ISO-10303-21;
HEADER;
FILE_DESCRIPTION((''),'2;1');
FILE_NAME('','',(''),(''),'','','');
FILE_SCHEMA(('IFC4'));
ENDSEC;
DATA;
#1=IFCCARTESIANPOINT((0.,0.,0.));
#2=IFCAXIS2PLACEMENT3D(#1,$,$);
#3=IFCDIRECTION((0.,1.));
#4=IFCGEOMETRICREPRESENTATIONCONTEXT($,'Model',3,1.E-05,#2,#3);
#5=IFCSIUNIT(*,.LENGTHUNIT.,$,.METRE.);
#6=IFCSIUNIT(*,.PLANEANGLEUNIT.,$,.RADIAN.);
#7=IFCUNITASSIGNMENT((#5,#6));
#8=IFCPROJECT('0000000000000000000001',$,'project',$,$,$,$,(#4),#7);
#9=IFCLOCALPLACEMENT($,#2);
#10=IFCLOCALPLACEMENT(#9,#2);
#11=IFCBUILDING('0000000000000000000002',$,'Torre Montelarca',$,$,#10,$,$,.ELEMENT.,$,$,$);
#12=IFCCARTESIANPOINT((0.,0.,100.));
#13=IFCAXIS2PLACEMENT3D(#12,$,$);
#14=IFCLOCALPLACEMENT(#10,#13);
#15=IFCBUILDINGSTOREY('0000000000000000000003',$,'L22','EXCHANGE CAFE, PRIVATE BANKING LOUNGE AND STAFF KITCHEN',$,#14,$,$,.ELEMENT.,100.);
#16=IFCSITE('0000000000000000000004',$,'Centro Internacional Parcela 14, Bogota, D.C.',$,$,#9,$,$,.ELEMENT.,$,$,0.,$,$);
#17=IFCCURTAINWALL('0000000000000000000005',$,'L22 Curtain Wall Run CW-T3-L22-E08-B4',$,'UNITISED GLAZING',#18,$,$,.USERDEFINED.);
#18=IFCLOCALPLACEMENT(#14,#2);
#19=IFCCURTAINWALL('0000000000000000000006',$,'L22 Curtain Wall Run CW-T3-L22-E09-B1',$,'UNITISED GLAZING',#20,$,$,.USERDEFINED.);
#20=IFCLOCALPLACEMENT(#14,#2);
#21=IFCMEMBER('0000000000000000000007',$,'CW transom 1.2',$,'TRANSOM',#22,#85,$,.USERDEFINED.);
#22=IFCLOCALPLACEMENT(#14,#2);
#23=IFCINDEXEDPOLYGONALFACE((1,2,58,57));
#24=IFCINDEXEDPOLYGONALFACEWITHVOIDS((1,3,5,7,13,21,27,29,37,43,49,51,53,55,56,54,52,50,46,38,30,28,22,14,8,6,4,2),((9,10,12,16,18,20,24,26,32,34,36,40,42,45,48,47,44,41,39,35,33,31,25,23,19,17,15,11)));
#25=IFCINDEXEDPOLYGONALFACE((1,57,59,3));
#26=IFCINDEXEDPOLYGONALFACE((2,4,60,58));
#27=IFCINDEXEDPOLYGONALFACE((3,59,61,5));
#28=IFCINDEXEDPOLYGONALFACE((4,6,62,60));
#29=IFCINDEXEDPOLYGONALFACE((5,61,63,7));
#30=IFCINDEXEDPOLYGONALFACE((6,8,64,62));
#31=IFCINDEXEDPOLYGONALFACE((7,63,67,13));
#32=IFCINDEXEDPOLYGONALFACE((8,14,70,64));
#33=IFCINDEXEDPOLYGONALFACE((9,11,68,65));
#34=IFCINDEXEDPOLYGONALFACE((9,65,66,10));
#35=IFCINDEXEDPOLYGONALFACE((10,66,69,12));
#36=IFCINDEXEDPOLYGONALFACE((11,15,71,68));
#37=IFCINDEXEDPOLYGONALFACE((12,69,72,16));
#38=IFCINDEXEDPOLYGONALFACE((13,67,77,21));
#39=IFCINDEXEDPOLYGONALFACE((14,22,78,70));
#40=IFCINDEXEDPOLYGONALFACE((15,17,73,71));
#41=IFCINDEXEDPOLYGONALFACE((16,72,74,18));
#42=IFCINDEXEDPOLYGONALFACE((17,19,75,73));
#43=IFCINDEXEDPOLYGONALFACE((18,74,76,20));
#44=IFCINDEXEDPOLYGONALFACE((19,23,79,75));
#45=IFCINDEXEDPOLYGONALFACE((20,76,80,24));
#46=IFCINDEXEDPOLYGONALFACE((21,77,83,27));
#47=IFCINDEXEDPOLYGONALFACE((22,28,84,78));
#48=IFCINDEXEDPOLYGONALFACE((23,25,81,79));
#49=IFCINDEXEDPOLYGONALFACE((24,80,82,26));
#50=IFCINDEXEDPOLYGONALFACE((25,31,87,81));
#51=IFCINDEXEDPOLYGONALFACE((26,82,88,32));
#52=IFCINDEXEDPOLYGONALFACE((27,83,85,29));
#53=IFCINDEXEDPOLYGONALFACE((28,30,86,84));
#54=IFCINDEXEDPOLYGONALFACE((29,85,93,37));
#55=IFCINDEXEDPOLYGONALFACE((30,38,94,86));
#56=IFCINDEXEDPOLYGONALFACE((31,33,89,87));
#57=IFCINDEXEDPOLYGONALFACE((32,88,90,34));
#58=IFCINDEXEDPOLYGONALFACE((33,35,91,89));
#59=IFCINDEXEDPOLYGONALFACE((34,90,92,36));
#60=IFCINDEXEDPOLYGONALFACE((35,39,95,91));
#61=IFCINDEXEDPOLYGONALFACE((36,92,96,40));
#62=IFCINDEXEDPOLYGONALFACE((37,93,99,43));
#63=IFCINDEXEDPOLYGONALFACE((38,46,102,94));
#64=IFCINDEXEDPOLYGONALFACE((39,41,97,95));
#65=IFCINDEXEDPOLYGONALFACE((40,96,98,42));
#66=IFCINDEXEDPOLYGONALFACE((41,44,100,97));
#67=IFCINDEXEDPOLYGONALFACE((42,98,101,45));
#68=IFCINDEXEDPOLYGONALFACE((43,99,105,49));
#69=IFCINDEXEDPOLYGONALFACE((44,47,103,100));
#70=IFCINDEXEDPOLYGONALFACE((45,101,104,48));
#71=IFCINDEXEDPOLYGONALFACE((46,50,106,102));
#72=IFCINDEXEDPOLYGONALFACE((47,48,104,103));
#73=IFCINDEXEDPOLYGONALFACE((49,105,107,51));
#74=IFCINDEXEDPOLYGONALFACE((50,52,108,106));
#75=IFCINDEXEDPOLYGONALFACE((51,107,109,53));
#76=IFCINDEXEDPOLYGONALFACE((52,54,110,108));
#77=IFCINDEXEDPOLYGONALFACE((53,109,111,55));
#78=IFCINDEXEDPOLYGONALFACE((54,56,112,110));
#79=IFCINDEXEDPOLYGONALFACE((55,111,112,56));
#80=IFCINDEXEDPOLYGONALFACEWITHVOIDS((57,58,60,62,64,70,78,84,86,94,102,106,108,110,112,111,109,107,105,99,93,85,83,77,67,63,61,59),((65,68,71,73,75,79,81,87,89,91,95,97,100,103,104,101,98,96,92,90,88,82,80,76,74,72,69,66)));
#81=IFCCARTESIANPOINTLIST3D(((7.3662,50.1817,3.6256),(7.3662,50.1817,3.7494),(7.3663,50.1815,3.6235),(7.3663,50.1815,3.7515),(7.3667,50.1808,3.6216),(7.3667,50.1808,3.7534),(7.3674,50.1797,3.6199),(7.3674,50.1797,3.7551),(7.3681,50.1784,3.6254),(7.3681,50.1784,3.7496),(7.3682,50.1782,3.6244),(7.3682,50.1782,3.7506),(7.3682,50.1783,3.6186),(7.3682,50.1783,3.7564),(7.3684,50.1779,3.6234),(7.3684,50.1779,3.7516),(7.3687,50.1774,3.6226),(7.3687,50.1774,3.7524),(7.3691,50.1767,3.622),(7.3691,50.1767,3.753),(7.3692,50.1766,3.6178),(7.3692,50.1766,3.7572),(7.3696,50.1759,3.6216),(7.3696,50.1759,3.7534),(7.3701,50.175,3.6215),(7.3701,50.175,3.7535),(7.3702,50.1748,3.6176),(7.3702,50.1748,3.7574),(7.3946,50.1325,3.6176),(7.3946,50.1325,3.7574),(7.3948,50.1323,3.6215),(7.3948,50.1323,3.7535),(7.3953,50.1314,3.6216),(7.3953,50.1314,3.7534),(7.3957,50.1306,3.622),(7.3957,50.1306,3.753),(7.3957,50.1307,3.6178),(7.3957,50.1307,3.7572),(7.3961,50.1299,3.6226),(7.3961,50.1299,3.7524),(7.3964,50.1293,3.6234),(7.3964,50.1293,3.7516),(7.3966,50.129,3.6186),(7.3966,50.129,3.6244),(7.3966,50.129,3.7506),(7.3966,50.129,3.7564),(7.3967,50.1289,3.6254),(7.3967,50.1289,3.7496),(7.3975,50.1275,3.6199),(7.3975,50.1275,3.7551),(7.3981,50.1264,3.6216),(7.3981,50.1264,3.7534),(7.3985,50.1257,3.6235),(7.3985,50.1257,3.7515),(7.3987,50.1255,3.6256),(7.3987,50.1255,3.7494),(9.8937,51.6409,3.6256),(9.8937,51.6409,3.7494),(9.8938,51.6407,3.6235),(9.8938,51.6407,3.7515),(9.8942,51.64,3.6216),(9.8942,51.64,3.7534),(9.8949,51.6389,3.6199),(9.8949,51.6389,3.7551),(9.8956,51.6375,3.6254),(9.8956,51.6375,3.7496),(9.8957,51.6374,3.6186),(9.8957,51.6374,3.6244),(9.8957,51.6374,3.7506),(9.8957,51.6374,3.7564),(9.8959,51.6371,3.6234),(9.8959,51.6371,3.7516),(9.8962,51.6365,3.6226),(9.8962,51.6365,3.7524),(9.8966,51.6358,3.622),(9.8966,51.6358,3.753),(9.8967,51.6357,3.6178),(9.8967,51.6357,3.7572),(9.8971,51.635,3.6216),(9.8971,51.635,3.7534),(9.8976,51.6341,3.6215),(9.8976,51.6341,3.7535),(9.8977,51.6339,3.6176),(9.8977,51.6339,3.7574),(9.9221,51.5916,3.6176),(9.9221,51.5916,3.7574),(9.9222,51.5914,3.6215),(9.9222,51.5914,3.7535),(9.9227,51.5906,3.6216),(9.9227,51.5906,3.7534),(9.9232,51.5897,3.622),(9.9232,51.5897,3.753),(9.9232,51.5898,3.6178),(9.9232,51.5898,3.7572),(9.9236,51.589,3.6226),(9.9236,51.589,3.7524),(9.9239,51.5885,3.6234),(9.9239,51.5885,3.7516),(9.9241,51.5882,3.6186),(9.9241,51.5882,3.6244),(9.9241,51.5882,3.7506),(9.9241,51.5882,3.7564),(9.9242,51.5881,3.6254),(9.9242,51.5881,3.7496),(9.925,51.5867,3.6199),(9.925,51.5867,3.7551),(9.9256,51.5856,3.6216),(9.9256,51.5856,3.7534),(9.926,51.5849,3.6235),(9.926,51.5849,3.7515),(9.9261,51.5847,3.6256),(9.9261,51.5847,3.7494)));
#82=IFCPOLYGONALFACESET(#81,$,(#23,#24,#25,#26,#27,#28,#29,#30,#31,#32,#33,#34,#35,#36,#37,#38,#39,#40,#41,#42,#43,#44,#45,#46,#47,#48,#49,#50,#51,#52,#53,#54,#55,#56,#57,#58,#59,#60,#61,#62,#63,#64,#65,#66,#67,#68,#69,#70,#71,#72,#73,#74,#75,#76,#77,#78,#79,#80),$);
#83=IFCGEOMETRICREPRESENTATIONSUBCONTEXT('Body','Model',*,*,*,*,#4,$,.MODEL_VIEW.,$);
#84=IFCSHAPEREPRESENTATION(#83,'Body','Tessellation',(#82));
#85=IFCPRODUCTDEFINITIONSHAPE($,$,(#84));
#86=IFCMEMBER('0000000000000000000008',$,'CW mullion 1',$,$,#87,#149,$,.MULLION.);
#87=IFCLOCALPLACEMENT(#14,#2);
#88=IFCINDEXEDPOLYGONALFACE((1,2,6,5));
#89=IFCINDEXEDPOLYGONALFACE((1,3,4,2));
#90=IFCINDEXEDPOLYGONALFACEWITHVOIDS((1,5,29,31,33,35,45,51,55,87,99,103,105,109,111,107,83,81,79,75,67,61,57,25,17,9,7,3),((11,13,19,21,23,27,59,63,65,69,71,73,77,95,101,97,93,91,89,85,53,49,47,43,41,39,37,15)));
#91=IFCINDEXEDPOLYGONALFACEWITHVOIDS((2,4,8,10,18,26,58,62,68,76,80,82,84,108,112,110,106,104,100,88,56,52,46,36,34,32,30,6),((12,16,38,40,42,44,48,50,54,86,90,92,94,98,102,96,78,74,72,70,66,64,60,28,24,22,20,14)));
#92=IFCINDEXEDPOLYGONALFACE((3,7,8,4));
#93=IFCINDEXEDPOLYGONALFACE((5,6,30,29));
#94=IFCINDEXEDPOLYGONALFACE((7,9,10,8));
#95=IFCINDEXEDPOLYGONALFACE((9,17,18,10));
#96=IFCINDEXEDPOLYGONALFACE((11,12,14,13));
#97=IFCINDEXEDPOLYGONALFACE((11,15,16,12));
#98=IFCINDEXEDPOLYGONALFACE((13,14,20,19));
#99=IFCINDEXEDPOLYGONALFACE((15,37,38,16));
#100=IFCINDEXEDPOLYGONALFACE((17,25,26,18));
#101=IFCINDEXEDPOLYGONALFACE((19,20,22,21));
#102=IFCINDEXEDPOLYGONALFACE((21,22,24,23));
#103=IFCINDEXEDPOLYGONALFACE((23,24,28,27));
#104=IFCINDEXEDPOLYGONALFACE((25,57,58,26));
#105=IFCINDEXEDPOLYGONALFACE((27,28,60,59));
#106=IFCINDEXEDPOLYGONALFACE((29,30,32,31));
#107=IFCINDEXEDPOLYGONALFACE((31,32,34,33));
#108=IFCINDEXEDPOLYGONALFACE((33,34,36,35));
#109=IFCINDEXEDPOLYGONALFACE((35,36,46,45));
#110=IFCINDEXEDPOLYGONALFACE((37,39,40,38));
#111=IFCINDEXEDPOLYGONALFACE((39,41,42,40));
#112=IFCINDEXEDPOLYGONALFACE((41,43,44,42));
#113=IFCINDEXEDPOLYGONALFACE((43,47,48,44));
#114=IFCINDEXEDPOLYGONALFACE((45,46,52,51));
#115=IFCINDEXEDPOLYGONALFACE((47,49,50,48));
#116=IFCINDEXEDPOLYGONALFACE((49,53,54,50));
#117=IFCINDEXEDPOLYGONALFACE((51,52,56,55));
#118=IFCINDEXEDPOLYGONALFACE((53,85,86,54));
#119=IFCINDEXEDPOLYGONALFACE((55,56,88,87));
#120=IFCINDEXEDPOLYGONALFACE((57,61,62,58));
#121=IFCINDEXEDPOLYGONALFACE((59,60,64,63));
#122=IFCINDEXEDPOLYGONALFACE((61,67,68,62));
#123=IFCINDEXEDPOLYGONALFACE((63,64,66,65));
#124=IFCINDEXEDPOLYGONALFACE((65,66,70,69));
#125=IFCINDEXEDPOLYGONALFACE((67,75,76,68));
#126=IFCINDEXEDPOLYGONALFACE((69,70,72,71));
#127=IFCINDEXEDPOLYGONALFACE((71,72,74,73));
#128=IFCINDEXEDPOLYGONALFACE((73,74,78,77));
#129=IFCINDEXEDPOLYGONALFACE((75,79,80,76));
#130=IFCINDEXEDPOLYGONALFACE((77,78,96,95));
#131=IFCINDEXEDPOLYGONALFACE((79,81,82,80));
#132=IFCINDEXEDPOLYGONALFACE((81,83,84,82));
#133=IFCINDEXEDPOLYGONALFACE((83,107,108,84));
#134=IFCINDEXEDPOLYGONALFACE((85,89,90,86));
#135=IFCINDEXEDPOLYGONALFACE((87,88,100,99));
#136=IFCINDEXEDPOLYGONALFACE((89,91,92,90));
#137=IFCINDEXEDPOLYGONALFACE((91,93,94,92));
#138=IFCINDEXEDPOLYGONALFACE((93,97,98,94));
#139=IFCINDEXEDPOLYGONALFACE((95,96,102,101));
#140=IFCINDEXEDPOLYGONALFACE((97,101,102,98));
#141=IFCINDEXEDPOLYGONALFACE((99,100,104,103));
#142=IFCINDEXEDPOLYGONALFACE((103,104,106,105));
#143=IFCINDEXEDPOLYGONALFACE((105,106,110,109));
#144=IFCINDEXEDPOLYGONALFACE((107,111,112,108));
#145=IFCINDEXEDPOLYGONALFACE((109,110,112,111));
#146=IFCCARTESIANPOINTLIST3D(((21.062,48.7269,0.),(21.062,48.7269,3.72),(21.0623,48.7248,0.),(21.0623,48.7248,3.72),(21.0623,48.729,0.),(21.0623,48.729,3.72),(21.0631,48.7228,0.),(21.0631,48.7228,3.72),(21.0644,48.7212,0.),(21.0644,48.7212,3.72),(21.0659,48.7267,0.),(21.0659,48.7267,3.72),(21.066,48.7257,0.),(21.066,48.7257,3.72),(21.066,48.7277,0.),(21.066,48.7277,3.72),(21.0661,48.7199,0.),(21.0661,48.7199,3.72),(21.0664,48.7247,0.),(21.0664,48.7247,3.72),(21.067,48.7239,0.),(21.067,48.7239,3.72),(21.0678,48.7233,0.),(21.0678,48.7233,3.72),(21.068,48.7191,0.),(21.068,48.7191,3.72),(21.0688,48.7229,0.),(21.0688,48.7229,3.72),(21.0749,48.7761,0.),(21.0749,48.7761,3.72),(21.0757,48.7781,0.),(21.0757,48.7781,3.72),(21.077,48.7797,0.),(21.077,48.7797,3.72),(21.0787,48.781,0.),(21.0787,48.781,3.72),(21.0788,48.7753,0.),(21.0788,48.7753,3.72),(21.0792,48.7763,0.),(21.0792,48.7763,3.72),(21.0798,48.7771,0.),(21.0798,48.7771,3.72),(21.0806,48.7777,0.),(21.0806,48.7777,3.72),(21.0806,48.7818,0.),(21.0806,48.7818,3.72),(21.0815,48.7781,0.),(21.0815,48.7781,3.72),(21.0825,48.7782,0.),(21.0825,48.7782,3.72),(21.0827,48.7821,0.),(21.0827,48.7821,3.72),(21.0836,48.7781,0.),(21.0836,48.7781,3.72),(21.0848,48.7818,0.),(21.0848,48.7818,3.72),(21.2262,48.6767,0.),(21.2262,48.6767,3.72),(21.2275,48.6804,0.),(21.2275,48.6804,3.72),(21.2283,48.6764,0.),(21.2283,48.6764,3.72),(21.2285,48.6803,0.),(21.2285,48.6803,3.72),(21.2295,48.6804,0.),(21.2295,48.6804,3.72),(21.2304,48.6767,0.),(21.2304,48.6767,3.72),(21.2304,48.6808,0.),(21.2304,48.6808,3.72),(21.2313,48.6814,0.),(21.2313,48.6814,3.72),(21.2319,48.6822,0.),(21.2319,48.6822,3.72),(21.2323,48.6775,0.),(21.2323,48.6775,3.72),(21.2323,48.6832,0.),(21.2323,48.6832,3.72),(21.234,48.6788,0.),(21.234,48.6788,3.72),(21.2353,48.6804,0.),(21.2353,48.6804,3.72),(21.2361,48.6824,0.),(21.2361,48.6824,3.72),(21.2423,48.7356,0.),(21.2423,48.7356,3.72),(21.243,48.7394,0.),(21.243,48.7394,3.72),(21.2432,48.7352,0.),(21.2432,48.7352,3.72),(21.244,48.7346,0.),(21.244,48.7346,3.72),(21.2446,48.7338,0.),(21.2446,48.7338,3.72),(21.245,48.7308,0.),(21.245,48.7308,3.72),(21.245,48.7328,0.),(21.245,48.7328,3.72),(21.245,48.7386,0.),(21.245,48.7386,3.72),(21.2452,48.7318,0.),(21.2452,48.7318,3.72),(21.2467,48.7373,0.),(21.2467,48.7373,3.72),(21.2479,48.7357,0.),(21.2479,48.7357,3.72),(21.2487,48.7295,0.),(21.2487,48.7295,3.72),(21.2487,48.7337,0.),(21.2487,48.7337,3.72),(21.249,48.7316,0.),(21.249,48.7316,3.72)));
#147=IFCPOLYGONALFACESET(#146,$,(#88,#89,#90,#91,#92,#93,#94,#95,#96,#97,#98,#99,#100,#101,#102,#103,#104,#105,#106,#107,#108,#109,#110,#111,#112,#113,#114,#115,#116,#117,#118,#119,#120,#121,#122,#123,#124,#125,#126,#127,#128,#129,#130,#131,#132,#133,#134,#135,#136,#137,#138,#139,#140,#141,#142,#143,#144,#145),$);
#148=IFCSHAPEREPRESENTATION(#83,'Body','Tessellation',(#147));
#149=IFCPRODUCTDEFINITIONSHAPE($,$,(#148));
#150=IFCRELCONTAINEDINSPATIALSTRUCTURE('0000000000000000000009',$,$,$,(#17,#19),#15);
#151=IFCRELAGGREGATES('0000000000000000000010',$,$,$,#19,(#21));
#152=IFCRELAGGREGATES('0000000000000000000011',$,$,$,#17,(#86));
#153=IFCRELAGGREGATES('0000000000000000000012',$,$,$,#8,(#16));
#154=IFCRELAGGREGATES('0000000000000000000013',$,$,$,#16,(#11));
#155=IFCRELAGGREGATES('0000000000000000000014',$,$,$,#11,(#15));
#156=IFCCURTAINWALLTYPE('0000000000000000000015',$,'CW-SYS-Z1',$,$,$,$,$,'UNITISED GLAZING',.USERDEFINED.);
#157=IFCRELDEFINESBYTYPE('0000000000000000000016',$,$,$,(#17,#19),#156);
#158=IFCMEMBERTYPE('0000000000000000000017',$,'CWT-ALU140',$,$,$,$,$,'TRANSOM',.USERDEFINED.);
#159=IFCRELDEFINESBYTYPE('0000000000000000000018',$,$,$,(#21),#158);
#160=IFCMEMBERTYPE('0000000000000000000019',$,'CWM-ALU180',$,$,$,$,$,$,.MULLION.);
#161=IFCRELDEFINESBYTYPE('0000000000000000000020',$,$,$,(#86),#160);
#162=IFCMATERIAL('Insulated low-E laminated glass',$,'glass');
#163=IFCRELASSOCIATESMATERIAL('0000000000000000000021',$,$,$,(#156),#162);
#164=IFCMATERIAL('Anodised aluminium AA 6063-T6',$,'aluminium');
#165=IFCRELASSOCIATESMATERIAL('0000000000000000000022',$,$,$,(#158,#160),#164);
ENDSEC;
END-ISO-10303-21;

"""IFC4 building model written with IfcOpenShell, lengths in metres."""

from ifc_helpers import new_model, si_unit, direction, frame, origin, origin_2d, place, context, subcontext, project, spatial, hollow_rectangle, extrude, source, transform, mapped, material, material_profile, profile_set, type_object, element, aggregate, save


model = new_model("IFC4")

# Units and contexts
model_context = context("Model", 3, precision=1e-05, world=origin(), true_north=direction((0.0, 1.0)))
body_context = subcontext(model_context, "Body", "Model", "MODEL_VIEW")
ifc_project = project(units=[si_unit("LENGTHUNIT", "METRE"), si_unit("PLANEANGLEUNIT", "RADIAN")], contexts=[model_context])

# Site, building, storey
site_placement = place(None, origin())
site = spatial("IfcSite", under=ifc_project, at=site_placement, Name="Centro Internacional Parcela 14, Bogota, D.C.", CompositionType="ELEMENT", RefElevation=0.0)
building_placement = place(site_placement, origin())
building = spatial("IfcBuilding", under=site, at=building_placement, Name="Torre Montelarca", CompositionType="ELEMENT")
storey_placement = place(building_placement, frame((0.0, 0.0, 100.0)))
storey = spatial("IfcBuildingStorey", under=building, at=storey_placement, Name="L22", Description="EXCHANGE CAFE, PRIVATE BANKING LOUNGE AND STAFF KITCHEN", CompositionType="ELEMENT", Elevation=100.0)

# Curtain walls, member
ifc_material_1 = material(Name="Insulated low-E laminated glass", Category="glass")
curtain_wall_type = type_object("IfcCurtainWallType", Name="CW-SYS-Z1", ElementType="UNITISED GLAZING", PredefinedType="USERDEFINED", material=ifc_material_1)
curtain_wall_1_placement = place(storey_placement, origin())
curtain_wall_1 = element("IfcCurtainWall", 1, at=curtain_wall_1_placement, inside=storey, type_object=curtain_wall_type, Name="L22 Curtain Wall Run CW-T3-L22-E08-B4", ObjectType="UNITISED GLAZING", PredefinedType="USERDEFINED")
ifc_material_2 = material(Name="Anodised aluminium AA 6063-T6", Category="aluminium")
ifc_material_profile_1 = material_profile(ifc_material_2, hollow_rectangle(XDim=0.0649, YDim=0.1399, WallThickness=0.0039, InnerFilletRadius=0.0039, OuterFilletRadius=0.0081, at=origin_2d()), Name="ALU65X140X4", Category="aluminium")
ifc_profile_set_1 = profile_set([ifc_material_profile_1], Name="Anodised aluminium AA 6063-T6")
member_type_1 = type_object("IfcMemberType", Name="CWT-ALU140", ElementType="TRANSOM", PredefinedType="USERDEFINED", material=ifc_profile_set_1)
curtain_wall_2_placement = place(storey_placement, origin())
curtain_wall_2 = element("IfcCurtainWall", 2, at=curtain_wall_2_placement, inside=storey, type_object=curtain_wall_type, Name="L22 Curtain Wall Run CW-T3-L22-E09-B1", ObjectType="UNITISED GLAZING", PredefinedType="USERDEFINED")
shared_shape_1 = source(origin(), body_context, "Body", "SweptSolid", [
    extrude(hollow_rectangle(XDim=0.0649, YDim=0.1399, WallThickness=0.0039, InnerFilletRadius=0.0039, OuterFilletRadius=0.0081, at=origin_2d()), origin(), (0.0, 0.0, 1.0), 2.9185),
])
member_1_placement = place(storey_placement, frame((9.9099, 51.6128, 3.6875), z_axis=(-0.866037, -0.499981, 0.0), x_axis=(0.499981, -0.866037, 0.0)))
member_1 = element("IfcMember", 3, at=member_1_placement, type_object=member_type_1, Name="CW transom 1.2", ObjectType="TRANSOM", PredefinedType="USERDEFINED", context=body_context, shape_type="MappedRepresentation", body=[
    mapped(shared_shape_1, transform((0.0, 0.0, 0.0), scale=1.0)),
])

# Member
ifc_material_profile_2 = material_profile(ifc_material_2, hollow_rectangle(XDim=0.0649, YDim=0.1799, WallThickness=0.0039, InnerFilletRadius=0.0039, OuterFilletRadius=0.0081, at=origin_2d()), Name="ALU65X180X4", Category="aluminium")
ifc_profile_set_2 = profile_set([ifc_material_profile_2], Name="Anodised aluminium AA 6063-T6")
member_type_2 = type_object("IfcMemberType", Name="CWM-ALU180", PredefinedType="MULLION", material=ifc_profile_set_2)
shared_shape_2 = source(origin(), body_context, "Body", "SweptSolid", [
    extrude(hollow_rectangle(XDim=0.0649, YDim=0.1799, WallThickness=0.0039, InnerFilletRadius=0.0039, OuterFilletRadius=0.0081, at=origin_2d()), origin(), (0.0, 0.0, 1.0), 3.72),
])
member_2_placement = place(storey_placement, frame((21.1555, 48.7292, 0.0), z_axis=(0.0, 0.0, 1.0), x_axis=(-0.258825, -0.965924, 0.0)))
member_2 = element("IfcMember", 4, at=member_2_placement, type_object=member_type_2, Name="CW mullion 1", PredefinedType="MULLION", context=body_context, shape_type="MappedRepresentation", body=[
    mapped(shared_shape_2, transform((0.0, 0.0, 0.0), scale=1.0)),
])
aggregate(curtain_wall_2, [member_1])

aggregate(curtain_wall_1, [member_2])

save(model, "model.ifc")
